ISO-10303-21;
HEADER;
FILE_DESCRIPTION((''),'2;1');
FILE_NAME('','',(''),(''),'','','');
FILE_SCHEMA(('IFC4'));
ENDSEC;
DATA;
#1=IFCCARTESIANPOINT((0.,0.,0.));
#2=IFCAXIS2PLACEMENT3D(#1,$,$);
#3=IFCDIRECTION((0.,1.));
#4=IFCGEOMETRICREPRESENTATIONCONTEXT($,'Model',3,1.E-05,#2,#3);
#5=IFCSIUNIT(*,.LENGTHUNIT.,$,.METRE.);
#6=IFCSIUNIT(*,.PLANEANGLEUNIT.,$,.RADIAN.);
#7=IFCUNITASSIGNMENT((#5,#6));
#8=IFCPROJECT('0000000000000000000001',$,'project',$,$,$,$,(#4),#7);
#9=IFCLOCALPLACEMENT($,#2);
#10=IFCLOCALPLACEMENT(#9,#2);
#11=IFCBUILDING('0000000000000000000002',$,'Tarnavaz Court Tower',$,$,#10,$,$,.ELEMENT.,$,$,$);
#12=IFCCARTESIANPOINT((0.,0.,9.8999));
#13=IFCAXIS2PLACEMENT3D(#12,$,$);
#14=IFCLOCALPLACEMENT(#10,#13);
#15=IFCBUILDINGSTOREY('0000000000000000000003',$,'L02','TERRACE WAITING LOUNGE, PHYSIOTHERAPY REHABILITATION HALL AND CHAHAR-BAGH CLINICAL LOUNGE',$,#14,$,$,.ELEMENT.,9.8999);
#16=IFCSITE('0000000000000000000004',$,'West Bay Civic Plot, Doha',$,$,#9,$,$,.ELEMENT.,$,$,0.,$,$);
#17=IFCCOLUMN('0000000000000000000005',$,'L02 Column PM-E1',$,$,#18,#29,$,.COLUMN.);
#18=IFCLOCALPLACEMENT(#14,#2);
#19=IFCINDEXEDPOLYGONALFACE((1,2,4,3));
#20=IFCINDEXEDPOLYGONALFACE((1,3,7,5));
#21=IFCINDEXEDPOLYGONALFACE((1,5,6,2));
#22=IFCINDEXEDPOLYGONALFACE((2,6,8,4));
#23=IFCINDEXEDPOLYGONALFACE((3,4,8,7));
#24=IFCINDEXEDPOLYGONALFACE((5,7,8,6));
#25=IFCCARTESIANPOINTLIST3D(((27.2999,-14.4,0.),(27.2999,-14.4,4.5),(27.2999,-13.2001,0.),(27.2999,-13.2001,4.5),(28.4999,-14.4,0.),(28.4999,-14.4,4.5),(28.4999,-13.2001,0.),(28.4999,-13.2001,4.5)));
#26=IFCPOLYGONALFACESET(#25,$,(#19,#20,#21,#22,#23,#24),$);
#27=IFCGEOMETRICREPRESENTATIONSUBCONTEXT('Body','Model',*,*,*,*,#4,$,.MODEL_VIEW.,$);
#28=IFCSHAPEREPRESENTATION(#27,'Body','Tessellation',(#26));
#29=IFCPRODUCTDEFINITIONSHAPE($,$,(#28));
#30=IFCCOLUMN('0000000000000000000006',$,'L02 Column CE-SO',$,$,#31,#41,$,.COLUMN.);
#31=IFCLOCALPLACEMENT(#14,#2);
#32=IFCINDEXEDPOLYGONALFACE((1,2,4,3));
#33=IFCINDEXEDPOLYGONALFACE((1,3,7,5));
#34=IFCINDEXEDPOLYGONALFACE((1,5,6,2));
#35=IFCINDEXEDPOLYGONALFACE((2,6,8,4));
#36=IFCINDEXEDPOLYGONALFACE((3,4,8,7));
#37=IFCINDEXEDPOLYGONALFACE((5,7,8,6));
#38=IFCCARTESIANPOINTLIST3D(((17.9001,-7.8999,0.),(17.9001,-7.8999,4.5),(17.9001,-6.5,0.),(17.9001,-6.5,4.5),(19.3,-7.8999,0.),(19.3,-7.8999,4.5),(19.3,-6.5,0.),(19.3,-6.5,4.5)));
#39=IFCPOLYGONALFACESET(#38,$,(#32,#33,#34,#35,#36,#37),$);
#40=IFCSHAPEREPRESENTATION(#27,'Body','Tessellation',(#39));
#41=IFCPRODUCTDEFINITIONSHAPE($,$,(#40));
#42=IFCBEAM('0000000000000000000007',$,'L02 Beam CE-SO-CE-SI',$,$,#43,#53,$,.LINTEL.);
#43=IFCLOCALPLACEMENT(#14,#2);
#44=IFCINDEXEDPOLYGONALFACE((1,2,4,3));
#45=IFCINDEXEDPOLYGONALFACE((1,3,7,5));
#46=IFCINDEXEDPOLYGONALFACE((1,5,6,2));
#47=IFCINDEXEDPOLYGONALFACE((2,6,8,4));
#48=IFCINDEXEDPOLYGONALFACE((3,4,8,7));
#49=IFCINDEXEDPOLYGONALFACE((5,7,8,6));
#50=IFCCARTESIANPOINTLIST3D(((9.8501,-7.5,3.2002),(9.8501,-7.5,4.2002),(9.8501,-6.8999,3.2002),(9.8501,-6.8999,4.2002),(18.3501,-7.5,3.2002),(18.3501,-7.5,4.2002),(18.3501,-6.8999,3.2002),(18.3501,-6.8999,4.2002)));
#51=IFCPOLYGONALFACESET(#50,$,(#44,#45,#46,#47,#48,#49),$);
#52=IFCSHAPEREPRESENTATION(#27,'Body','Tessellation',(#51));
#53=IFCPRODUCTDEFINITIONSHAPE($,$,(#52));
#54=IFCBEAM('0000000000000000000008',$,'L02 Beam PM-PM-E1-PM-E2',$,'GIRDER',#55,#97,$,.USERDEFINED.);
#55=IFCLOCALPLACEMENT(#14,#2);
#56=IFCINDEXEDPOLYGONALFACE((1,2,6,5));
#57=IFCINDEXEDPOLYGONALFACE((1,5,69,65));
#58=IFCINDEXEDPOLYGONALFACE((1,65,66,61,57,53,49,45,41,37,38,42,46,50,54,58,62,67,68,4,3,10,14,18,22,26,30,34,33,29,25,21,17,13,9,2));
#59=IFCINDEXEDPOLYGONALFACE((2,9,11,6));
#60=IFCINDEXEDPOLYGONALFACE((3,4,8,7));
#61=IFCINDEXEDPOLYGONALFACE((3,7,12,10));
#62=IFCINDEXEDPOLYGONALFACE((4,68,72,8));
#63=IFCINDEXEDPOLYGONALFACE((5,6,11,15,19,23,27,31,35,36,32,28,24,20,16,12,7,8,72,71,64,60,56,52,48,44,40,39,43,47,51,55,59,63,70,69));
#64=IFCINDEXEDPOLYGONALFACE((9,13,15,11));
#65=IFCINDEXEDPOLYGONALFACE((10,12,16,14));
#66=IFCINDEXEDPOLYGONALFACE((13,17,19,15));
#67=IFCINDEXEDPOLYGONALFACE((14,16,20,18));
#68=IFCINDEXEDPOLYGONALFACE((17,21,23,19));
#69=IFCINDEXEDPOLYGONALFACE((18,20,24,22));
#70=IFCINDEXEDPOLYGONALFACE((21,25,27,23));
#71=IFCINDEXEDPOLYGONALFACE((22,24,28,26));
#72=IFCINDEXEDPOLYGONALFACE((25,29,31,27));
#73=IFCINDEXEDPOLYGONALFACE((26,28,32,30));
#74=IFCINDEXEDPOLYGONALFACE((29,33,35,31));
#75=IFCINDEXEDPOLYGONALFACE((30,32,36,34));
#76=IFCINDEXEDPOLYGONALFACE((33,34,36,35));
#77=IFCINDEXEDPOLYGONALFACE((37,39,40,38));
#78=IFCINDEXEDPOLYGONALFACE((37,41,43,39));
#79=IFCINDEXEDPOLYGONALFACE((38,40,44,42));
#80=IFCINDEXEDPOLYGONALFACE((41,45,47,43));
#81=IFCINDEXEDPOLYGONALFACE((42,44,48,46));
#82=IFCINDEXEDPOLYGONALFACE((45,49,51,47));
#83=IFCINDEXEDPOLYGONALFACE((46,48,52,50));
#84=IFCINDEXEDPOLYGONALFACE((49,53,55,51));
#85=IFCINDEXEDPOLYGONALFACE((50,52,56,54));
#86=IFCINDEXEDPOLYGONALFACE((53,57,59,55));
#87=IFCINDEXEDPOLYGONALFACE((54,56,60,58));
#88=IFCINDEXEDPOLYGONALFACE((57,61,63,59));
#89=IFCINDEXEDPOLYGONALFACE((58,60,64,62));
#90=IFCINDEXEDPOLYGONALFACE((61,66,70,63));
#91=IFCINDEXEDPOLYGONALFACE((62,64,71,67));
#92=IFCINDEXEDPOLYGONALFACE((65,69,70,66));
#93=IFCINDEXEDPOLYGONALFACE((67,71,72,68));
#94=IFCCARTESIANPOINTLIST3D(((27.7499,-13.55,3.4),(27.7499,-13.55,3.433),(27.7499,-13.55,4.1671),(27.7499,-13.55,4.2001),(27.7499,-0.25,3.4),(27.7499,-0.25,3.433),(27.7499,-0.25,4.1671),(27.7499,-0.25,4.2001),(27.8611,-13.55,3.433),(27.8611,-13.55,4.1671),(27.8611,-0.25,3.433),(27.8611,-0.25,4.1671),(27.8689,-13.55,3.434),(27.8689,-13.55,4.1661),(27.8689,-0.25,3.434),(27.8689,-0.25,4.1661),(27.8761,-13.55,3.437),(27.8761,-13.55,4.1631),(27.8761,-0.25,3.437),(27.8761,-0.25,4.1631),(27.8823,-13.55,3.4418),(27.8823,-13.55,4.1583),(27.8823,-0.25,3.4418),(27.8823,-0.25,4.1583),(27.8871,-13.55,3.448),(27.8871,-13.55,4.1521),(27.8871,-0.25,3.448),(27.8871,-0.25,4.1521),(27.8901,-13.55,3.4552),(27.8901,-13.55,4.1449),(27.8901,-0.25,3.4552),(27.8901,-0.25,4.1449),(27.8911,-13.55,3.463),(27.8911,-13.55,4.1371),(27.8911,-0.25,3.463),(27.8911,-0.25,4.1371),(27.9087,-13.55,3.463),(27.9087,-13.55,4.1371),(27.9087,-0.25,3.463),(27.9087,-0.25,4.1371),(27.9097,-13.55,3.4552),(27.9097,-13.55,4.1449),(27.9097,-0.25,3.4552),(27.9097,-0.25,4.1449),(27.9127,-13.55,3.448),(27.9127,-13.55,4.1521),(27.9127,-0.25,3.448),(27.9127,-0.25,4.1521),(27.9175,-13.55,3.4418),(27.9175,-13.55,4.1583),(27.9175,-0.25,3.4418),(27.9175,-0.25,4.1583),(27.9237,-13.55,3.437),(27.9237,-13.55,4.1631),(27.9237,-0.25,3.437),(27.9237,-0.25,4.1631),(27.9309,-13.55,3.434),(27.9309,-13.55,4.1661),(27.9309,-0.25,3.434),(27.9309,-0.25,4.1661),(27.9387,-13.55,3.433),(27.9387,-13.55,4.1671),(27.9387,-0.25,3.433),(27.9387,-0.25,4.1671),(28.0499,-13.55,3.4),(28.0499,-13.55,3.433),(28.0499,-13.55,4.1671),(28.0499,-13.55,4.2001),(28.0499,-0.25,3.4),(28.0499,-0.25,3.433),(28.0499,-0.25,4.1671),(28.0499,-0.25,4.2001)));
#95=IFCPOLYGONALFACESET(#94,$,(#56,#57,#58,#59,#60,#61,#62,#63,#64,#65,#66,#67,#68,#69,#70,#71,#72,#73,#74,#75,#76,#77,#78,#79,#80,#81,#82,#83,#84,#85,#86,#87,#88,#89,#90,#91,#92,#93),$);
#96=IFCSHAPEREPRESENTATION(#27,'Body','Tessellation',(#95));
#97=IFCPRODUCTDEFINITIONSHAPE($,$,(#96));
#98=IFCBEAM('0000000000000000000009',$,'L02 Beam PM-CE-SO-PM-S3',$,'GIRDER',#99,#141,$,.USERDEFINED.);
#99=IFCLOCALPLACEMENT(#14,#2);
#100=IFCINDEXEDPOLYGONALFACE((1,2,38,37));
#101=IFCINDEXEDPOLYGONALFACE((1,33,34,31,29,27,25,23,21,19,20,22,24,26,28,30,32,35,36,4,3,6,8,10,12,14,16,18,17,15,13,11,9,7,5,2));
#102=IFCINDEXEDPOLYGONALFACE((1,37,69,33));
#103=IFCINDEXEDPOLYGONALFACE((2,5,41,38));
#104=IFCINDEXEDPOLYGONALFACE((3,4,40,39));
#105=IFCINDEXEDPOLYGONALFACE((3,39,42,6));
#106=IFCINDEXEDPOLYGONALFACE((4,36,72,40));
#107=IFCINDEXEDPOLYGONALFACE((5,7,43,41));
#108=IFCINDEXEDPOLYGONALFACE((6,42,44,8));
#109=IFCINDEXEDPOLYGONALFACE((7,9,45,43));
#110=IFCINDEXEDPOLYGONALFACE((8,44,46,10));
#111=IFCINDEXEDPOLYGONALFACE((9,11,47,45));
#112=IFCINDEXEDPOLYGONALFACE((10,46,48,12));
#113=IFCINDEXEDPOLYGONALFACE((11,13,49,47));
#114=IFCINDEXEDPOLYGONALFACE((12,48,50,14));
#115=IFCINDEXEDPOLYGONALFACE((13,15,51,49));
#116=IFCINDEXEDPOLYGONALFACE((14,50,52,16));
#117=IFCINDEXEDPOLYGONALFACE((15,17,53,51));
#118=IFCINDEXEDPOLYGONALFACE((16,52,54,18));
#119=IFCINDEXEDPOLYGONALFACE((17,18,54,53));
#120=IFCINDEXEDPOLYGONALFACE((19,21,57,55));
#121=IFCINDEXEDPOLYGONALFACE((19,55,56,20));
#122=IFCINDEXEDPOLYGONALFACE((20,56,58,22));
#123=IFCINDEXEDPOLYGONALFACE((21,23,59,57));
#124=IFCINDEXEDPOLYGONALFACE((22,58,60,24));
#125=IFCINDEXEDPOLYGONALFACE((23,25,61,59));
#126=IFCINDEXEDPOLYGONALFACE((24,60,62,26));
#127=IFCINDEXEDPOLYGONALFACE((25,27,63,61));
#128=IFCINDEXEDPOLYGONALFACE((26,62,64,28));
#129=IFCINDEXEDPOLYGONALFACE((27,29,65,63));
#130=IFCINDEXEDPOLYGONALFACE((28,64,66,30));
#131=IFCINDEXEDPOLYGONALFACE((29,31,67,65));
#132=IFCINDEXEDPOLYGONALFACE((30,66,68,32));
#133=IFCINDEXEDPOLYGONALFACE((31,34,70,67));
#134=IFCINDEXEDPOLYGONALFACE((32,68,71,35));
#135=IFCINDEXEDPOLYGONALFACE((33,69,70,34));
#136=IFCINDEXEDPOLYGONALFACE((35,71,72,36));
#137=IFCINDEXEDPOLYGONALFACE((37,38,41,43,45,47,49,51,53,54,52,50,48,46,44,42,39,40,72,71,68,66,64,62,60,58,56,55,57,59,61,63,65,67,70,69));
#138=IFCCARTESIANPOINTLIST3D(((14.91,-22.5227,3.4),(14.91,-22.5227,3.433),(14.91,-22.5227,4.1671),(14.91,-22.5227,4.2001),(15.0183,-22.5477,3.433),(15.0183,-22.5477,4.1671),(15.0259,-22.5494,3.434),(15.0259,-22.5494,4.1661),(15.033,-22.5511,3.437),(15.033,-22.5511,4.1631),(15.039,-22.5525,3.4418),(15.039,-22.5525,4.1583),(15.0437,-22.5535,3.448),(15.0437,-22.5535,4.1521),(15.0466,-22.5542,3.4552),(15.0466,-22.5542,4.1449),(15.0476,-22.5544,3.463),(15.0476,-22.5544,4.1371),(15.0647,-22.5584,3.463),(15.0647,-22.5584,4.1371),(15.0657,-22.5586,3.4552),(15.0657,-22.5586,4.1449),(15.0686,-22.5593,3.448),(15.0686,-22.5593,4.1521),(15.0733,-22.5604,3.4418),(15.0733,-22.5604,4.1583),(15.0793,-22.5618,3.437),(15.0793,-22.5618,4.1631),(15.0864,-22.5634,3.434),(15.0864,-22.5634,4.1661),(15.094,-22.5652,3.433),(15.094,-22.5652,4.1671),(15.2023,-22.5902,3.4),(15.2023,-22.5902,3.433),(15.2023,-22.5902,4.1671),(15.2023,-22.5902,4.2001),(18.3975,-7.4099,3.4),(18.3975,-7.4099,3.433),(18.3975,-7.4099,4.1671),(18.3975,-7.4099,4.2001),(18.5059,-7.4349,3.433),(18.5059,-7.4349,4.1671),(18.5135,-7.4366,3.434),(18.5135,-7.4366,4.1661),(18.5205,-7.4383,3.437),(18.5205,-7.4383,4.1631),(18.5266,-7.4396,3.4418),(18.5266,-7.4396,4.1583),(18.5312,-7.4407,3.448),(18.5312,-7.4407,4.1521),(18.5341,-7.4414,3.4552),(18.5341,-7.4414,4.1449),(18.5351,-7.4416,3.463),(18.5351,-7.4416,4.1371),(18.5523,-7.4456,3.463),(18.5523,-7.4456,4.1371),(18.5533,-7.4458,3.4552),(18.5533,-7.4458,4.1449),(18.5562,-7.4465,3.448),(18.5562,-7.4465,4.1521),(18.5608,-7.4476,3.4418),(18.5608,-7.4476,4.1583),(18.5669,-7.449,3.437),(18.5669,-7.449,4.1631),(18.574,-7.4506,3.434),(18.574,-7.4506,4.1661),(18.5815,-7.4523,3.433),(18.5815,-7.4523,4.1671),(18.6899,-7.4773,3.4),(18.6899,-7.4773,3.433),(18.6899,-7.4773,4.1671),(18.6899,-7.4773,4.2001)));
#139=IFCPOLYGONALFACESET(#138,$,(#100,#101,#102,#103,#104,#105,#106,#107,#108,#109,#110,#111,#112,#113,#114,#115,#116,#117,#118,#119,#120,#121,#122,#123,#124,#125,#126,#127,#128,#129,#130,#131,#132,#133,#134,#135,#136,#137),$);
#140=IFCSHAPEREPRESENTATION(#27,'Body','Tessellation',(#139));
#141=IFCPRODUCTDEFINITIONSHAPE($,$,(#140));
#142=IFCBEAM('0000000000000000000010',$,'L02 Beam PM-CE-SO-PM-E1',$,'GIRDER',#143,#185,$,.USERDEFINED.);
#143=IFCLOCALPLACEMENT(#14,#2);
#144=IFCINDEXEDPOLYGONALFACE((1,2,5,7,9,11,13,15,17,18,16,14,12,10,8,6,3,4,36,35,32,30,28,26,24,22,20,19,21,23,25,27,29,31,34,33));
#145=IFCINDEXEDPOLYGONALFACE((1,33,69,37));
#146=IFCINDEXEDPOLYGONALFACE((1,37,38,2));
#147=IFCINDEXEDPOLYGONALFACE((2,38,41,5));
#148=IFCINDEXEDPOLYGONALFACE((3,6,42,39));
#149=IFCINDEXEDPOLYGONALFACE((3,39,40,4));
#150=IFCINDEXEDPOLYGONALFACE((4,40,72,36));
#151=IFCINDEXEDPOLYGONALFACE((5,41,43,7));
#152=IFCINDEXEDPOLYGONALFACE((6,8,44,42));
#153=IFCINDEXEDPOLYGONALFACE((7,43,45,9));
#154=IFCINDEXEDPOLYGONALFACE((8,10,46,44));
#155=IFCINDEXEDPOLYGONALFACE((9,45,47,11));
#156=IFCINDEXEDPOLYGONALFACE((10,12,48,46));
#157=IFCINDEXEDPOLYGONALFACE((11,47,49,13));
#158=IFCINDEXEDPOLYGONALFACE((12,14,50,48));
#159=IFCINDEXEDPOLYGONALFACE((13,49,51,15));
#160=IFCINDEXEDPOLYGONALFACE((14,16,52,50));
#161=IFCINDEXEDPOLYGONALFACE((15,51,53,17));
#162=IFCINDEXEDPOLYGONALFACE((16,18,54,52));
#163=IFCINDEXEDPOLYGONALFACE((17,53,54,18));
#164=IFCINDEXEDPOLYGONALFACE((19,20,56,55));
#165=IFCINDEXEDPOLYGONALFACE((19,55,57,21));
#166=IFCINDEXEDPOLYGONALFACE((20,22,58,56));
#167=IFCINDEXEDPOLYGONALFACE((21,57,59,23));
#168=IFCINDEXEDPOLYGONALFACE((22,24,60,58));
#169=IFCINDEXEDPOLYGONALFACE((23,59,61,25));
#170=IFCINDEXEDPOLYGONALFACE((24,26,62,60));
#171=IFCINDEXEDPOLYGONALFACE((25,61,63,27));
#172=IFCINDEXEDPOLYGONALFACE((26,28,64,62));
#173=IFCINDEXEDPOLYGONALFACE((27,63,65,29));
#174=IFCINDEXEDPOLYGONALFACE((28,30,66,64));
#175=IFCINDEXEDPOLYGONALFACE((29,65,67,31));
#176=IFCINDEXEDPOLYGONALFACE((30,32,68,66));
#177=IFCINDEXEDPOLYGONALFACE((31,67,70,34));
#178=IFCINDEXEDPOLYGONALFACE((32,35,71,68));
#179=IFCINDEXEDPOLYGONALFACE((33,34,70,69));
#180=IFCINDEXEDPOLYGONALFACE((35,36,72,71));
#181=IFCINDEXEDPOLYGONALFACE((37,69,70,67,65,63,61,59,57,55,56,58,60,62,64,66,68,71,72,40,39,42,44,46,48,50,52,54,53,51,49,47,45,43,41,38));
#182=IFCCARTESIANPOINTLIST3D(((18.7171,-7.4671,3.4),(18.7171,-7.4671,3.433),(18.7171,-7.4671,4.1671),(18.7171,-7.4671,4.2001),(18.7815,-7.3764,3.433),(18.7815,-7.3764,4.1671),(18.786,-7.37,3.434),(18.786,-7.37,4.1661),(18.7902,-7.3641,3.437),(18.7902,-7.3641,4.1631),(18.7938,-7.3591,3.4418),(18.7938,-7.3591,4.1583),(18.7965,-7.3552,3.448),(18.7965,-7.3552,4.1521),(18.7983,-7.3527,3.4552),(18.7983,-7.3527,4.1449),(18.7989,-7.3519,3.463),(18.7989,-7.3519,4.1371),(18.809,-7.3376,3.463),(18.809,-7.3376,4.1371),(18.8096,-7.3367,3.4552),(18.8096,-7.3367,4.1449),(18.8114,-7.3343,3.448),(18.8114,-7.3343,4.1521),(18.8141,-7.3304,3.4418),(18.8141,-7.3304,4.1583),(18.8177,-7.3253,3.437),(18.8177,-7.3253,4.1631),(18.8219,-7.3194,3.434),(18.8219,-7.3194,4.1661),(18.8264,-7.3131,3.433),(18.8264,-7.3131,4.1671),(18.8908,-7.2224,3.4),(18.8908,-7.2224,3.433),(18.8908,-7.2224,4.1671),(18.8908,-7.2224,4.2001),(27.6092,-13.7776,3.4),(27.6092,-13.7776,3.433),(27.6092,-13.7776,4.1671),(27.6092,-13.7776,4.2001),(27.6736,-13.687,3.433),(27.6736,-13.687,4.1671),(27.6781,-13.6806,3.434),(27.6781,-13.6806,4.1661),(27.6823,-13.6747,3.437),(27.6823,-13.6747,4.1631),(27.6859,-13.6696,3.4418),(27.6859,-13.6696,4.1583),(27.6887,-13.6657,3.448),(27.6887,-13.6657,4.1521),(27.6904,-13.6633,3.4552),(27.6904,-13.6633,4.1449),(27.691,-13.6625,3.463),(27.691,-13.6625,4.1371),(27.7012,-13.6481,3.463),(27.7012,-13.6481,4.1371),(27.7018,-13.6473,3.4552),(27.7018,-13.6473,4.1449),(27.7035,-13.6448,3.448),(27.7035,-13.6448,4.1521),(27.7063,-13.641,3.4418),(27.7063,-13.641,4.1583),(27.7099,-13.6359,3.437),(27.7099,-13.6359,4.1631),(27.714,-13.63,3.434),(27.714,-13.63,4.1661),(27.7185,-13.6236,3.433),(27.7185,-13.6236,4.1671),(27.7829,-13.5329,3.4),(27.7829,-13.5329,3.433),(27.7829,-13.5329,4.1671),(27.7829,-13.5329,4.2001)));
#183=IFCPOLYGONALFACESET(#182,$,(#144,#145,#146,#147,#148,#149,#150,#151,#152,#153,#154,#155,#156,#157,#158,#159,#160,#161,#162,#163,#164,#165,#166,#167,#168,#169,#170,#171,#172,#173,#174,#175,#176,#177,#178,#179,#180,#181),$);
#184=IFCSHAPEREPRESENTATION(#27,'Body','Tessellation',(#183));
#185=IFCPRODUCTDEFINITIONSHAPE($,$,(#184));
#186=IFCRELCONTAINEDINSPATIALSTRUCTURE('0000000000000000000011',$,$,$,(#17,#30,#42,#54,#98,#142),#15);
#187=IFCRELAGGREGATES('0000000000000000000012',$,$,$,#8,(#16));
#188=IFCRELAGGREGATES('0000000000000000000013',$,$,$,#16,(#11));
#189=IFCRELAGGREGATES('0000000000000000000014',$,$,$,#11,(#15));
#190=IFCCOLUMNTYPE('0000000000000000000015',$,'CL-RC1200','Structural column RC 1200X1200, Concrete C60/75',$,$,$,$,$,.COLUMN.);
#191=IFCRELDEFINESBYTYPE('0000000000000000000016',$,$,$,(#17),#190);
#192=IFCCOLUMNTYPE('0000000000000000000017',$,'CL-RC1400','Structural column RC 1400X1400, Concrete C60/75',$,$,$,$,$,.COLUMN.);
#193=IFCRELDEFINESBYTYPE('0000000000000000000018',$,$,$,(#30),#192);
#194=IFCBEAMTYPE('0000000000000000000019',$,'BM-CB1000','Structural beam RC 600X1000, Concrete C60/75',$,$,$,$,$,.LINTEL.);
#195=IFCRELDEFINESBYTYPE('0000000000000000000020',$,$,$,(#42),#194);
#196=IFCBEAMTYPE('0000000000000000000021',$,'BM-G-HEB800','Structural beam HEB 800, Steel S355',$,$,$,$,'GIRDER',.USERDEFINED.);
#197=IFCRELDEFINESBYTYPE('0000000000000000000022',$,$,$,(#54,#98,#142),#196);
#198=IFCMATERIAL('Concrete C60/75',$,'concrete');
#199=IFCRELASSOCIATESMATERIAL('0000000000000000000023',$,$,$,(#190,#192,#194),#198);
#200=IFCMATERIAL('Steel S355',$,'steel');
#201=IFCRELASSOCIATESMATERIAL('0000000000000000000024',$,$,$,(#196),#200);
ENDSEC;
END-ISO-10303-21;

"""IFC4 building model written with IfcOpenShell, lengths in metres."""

from ifc_helpers import new_model, si_unit, direction, frame, origin, origin_2d, place, context, subcontext, project, spatial, rectangle, i_section, extrude, material, material_profile, profile_set, type_object, element, save


model = new_model("IFC4")

# Units and contexts
model_context = context("Model", 3, precision=1e-05, world=origin(), true_north=direction((0.0, 1.0)))
body_context = subcontext(model_context, "Body", "Model", "MODEL_VIEW")
ifc_project = project(units=[si_unit("LENGTHUNIT", "METRE"), si_unit("PLANEANGLEUNIT", "RADIAN")], contexts=[model_context])

# Site, building, storey
site_placement = place(None, origin())
site = spatial("IfcSite", under=ifc_project, at=site_placement, Name="West Bay Civic Plot, Doha", CompositionType="ELEMENT", RefElevation=0.0)
building_placement = place(site_placement, origin())
building = spatial("IfcBuilding", under=site, at=building_placement, Name="Tarnavaz Court Tower", CompositionType="ELEMENT")
storey_placement = place(building_placement, frame((0.0, 0.0, 9.8999)))
storey = spatial("IfcBuildingStorey", under=building, at=storey_placement, Name="L02", Description="TERRACE WAITING LOUNGE, PHYSIOTHERAPY REHABILITATION HALL AND CHAHAR-BAGH CLINICAL LOUNGE", CompositionType="ELEMENT", Elevation=9.8999)

# Columns
ifc_material_1 = material(Name="Concrete C60/75", Category="concrete")
ifc_material_profile_1 = material_profile(ifc_material_1, rectangle(XDim=1.2, YDim=1.2, at=origin_2d()), Name="RC 1200X1200")
ifc_profile_set_1 = profile_set([ifc_material_profile_1], Name="Concrete C60/75")
column_type_1 = type_object("IfcColumnType", Name="CL-RC1200", Description="Structural column RC 1200X1200, Concrete C60/75", PredefinedType="COLUMN", material=ifc_profile_set_1)
column_1_placement = place(storey_placement, frame((27.8999, -13.8, 0.0), z_axis=(0.0, 0.0, 1.0), x_axis=(1.0, 0.0, 0.0)))
element("IfcColumn", 1, at=column_1_placement, inside=storey, type_object=column_type_1, Name="L02 Column PM-E1", PredefinedType="COLUMN", context=body_context, shape_type="SweptSolid", body=[
    extrude(rectangle(XDim=1.2, YDim=1.2, at=origin_2d()), origin(), (0.0, 0.0, 1.0), 4.5),
])
ifc_material_profile_2 = material_profile(ifc_material_1, rectangle(XDim=1.3999, YDim=1.3999, at=origin_2d()), Name="RC 1400X1400")
ifc_profile_set_2 = profile_set([ifc_material_profile_2], Name="Concrete C60/75")
column_type_2 = type_object("IfcColumnType", Name="CL-RC1400", Description="Structural column RC 1400X1400, Concrete C60/75", PredefinedType="COLUMN", material=ifc_profile_set_2)
column_2_placement = place(storey_placement, frame((18.6001, -7.2, 0.0), z_axis=(0.0, 0.0, 1.0), x_axis=(1.0, 0.0, 0.0)))
element("IfcColumn", 2, at=column_2_placement, inside=storey, type_object=column_type_2, Name="L02 Column CE-SO", PredefinedType="COLUMN", context=body_context, shape_type="SweptSolid", body=[
    extrude(rectangle(XDim=1.3999, YDim=1.3999, at=origin_2d()), origin(), (0.0, 0.0, 1.0), 4.5),
])

# Beams
ifc_material_profile_3 = material_profile(ifc_material_1, rectangle(XDim=0.6001, YDim=1.0, at=origin_2d()), Name="RC 600X1000")
ifc_profile_set_3 = profile_set([ifc_material_profile_3], Name="Concrete C60/75")
beam_type_1 = type_object("IfcBeamType", Name="BM-CB1000", Description="Structural beam RC 600X1000, Concrete C60/75", PredefinedType="LINTEL", material=ifc_profile_set_3)
beam_1_placement = place(storey_placement, frame((18.3501, -7.2, 3.7002), z_axis=(-1.0, 0.0, 0.0), x_axis=(0.0, -1.0, 0.0)))
element("IfcBeam", 3, at=beam_1_placement, inside=storey, type_object=beam_type_1, Name="L02 Beam CE-SO-CE-SI", PredefinedType="LINTEL", context=body_context, shape_type="SweptSolid", body=[
    extrude(rectangle(XDim=0.6001, YDim=1.0, at=origin_2d()), origin(), (0.0, 0.0, 1.0), 8.5),
])
ifc_material_2 = material(Name="Steel S355", Category="steel")
ifc_material_profile_4 = material_profile(ifc_material_2, i_section(OverallWidth=0.3, OverallDepth=0.8, WebThickness=0.0176, FlangeThickness=0.033, FilletRadius=0.03, at=origin_2d()), Name="HEB 800")
ifc_profile_set_4 = profile_set([ifc_material_profile_4], Name="Steel S355")
beam_type_2 = type_object("IfcBeamType", Name="BM-G-HEB800", Description="Structural beam HEB 800, Steel S355", ElementType="GIRDER", PredefinedType="USERDEFINED", material=ifc_profile_set_4)
beam_2_placement = place(storey_placement, frame((27.8999, -13.55, 3.8), z_axis=(0.0, 1.0, 0.0), x_axis=(-1.0, 0.0, 0.0)))
element("IfcBeam", 4, at=beam_2_placement, inside=storey, type_object=beam_type_2, Name="L02 Beam PM-PM-E1-PM-E2", ObjectType="GIRDER", PredefinedType="USERDEFINED", context=body_context, shape_type="SweptSolid", body=[
    extrude(i_section(OverallWidth=0.3, OverallDepth=0.8, WebThickness=0.0176, FlangeThickness=0.033, FilletRadius=0.03, at=origin_2d()), origin(), (0.0, 0.0, 1.0), 13.3),
])
beam_3_placement = place(storey_placement, frame((18.5437, -7.4436, 3.8), z_axis=(-0.224858, -0.974391, 0.0), x_axis=(0.974391, -0.224858, 0.0)))
element("IfcBeam", 5, at=beam_3_placement, inside=storey, type_object=beam_type_2, Name="L02 Beam PM-CE-SO-PM-S3", ObjectType="GIRDER", PredefinedType="USERDEFINED", context=body_context, shape_type="SweptSolid", body=[
    extrude(i_section(OverallWidth=0.3, OverallDepth=0.8, WebThickness=0.0176, FlangeThickness=0.033, FilletRadius=0.03, at=origin_2d()), origin(), (0.0, 0.0, 1.0), 15.51),
])
beam_4_placement = place(storey_placement, frame((18.804, -7.3447, 3.8), z_axis=(0.815506, -0.578749, 0.0), x_axis=(0.578749, 0.815506, 0.0)))
element("IfcBeam", 6, at=beam_4_placement, inside=storey, type_object=beam_type_2, Name="L02 Beam PM-CE-SO-PM-E1", ObjectType="GIRDER", PredefinedType="USERDEFINED", context=body_context, shape_type="SweptSolid", body=[
    extrude(i_section(OverallWidth=0.3, OverallDepth=0.8, WebThickness=0.0176, FlangeThickness=0.033, FilletRadius=0.03, at=origin_2d()), origin(), (0.0, 0.0, 1.0), 10.9038),
])

save(model, "model.ifc")
